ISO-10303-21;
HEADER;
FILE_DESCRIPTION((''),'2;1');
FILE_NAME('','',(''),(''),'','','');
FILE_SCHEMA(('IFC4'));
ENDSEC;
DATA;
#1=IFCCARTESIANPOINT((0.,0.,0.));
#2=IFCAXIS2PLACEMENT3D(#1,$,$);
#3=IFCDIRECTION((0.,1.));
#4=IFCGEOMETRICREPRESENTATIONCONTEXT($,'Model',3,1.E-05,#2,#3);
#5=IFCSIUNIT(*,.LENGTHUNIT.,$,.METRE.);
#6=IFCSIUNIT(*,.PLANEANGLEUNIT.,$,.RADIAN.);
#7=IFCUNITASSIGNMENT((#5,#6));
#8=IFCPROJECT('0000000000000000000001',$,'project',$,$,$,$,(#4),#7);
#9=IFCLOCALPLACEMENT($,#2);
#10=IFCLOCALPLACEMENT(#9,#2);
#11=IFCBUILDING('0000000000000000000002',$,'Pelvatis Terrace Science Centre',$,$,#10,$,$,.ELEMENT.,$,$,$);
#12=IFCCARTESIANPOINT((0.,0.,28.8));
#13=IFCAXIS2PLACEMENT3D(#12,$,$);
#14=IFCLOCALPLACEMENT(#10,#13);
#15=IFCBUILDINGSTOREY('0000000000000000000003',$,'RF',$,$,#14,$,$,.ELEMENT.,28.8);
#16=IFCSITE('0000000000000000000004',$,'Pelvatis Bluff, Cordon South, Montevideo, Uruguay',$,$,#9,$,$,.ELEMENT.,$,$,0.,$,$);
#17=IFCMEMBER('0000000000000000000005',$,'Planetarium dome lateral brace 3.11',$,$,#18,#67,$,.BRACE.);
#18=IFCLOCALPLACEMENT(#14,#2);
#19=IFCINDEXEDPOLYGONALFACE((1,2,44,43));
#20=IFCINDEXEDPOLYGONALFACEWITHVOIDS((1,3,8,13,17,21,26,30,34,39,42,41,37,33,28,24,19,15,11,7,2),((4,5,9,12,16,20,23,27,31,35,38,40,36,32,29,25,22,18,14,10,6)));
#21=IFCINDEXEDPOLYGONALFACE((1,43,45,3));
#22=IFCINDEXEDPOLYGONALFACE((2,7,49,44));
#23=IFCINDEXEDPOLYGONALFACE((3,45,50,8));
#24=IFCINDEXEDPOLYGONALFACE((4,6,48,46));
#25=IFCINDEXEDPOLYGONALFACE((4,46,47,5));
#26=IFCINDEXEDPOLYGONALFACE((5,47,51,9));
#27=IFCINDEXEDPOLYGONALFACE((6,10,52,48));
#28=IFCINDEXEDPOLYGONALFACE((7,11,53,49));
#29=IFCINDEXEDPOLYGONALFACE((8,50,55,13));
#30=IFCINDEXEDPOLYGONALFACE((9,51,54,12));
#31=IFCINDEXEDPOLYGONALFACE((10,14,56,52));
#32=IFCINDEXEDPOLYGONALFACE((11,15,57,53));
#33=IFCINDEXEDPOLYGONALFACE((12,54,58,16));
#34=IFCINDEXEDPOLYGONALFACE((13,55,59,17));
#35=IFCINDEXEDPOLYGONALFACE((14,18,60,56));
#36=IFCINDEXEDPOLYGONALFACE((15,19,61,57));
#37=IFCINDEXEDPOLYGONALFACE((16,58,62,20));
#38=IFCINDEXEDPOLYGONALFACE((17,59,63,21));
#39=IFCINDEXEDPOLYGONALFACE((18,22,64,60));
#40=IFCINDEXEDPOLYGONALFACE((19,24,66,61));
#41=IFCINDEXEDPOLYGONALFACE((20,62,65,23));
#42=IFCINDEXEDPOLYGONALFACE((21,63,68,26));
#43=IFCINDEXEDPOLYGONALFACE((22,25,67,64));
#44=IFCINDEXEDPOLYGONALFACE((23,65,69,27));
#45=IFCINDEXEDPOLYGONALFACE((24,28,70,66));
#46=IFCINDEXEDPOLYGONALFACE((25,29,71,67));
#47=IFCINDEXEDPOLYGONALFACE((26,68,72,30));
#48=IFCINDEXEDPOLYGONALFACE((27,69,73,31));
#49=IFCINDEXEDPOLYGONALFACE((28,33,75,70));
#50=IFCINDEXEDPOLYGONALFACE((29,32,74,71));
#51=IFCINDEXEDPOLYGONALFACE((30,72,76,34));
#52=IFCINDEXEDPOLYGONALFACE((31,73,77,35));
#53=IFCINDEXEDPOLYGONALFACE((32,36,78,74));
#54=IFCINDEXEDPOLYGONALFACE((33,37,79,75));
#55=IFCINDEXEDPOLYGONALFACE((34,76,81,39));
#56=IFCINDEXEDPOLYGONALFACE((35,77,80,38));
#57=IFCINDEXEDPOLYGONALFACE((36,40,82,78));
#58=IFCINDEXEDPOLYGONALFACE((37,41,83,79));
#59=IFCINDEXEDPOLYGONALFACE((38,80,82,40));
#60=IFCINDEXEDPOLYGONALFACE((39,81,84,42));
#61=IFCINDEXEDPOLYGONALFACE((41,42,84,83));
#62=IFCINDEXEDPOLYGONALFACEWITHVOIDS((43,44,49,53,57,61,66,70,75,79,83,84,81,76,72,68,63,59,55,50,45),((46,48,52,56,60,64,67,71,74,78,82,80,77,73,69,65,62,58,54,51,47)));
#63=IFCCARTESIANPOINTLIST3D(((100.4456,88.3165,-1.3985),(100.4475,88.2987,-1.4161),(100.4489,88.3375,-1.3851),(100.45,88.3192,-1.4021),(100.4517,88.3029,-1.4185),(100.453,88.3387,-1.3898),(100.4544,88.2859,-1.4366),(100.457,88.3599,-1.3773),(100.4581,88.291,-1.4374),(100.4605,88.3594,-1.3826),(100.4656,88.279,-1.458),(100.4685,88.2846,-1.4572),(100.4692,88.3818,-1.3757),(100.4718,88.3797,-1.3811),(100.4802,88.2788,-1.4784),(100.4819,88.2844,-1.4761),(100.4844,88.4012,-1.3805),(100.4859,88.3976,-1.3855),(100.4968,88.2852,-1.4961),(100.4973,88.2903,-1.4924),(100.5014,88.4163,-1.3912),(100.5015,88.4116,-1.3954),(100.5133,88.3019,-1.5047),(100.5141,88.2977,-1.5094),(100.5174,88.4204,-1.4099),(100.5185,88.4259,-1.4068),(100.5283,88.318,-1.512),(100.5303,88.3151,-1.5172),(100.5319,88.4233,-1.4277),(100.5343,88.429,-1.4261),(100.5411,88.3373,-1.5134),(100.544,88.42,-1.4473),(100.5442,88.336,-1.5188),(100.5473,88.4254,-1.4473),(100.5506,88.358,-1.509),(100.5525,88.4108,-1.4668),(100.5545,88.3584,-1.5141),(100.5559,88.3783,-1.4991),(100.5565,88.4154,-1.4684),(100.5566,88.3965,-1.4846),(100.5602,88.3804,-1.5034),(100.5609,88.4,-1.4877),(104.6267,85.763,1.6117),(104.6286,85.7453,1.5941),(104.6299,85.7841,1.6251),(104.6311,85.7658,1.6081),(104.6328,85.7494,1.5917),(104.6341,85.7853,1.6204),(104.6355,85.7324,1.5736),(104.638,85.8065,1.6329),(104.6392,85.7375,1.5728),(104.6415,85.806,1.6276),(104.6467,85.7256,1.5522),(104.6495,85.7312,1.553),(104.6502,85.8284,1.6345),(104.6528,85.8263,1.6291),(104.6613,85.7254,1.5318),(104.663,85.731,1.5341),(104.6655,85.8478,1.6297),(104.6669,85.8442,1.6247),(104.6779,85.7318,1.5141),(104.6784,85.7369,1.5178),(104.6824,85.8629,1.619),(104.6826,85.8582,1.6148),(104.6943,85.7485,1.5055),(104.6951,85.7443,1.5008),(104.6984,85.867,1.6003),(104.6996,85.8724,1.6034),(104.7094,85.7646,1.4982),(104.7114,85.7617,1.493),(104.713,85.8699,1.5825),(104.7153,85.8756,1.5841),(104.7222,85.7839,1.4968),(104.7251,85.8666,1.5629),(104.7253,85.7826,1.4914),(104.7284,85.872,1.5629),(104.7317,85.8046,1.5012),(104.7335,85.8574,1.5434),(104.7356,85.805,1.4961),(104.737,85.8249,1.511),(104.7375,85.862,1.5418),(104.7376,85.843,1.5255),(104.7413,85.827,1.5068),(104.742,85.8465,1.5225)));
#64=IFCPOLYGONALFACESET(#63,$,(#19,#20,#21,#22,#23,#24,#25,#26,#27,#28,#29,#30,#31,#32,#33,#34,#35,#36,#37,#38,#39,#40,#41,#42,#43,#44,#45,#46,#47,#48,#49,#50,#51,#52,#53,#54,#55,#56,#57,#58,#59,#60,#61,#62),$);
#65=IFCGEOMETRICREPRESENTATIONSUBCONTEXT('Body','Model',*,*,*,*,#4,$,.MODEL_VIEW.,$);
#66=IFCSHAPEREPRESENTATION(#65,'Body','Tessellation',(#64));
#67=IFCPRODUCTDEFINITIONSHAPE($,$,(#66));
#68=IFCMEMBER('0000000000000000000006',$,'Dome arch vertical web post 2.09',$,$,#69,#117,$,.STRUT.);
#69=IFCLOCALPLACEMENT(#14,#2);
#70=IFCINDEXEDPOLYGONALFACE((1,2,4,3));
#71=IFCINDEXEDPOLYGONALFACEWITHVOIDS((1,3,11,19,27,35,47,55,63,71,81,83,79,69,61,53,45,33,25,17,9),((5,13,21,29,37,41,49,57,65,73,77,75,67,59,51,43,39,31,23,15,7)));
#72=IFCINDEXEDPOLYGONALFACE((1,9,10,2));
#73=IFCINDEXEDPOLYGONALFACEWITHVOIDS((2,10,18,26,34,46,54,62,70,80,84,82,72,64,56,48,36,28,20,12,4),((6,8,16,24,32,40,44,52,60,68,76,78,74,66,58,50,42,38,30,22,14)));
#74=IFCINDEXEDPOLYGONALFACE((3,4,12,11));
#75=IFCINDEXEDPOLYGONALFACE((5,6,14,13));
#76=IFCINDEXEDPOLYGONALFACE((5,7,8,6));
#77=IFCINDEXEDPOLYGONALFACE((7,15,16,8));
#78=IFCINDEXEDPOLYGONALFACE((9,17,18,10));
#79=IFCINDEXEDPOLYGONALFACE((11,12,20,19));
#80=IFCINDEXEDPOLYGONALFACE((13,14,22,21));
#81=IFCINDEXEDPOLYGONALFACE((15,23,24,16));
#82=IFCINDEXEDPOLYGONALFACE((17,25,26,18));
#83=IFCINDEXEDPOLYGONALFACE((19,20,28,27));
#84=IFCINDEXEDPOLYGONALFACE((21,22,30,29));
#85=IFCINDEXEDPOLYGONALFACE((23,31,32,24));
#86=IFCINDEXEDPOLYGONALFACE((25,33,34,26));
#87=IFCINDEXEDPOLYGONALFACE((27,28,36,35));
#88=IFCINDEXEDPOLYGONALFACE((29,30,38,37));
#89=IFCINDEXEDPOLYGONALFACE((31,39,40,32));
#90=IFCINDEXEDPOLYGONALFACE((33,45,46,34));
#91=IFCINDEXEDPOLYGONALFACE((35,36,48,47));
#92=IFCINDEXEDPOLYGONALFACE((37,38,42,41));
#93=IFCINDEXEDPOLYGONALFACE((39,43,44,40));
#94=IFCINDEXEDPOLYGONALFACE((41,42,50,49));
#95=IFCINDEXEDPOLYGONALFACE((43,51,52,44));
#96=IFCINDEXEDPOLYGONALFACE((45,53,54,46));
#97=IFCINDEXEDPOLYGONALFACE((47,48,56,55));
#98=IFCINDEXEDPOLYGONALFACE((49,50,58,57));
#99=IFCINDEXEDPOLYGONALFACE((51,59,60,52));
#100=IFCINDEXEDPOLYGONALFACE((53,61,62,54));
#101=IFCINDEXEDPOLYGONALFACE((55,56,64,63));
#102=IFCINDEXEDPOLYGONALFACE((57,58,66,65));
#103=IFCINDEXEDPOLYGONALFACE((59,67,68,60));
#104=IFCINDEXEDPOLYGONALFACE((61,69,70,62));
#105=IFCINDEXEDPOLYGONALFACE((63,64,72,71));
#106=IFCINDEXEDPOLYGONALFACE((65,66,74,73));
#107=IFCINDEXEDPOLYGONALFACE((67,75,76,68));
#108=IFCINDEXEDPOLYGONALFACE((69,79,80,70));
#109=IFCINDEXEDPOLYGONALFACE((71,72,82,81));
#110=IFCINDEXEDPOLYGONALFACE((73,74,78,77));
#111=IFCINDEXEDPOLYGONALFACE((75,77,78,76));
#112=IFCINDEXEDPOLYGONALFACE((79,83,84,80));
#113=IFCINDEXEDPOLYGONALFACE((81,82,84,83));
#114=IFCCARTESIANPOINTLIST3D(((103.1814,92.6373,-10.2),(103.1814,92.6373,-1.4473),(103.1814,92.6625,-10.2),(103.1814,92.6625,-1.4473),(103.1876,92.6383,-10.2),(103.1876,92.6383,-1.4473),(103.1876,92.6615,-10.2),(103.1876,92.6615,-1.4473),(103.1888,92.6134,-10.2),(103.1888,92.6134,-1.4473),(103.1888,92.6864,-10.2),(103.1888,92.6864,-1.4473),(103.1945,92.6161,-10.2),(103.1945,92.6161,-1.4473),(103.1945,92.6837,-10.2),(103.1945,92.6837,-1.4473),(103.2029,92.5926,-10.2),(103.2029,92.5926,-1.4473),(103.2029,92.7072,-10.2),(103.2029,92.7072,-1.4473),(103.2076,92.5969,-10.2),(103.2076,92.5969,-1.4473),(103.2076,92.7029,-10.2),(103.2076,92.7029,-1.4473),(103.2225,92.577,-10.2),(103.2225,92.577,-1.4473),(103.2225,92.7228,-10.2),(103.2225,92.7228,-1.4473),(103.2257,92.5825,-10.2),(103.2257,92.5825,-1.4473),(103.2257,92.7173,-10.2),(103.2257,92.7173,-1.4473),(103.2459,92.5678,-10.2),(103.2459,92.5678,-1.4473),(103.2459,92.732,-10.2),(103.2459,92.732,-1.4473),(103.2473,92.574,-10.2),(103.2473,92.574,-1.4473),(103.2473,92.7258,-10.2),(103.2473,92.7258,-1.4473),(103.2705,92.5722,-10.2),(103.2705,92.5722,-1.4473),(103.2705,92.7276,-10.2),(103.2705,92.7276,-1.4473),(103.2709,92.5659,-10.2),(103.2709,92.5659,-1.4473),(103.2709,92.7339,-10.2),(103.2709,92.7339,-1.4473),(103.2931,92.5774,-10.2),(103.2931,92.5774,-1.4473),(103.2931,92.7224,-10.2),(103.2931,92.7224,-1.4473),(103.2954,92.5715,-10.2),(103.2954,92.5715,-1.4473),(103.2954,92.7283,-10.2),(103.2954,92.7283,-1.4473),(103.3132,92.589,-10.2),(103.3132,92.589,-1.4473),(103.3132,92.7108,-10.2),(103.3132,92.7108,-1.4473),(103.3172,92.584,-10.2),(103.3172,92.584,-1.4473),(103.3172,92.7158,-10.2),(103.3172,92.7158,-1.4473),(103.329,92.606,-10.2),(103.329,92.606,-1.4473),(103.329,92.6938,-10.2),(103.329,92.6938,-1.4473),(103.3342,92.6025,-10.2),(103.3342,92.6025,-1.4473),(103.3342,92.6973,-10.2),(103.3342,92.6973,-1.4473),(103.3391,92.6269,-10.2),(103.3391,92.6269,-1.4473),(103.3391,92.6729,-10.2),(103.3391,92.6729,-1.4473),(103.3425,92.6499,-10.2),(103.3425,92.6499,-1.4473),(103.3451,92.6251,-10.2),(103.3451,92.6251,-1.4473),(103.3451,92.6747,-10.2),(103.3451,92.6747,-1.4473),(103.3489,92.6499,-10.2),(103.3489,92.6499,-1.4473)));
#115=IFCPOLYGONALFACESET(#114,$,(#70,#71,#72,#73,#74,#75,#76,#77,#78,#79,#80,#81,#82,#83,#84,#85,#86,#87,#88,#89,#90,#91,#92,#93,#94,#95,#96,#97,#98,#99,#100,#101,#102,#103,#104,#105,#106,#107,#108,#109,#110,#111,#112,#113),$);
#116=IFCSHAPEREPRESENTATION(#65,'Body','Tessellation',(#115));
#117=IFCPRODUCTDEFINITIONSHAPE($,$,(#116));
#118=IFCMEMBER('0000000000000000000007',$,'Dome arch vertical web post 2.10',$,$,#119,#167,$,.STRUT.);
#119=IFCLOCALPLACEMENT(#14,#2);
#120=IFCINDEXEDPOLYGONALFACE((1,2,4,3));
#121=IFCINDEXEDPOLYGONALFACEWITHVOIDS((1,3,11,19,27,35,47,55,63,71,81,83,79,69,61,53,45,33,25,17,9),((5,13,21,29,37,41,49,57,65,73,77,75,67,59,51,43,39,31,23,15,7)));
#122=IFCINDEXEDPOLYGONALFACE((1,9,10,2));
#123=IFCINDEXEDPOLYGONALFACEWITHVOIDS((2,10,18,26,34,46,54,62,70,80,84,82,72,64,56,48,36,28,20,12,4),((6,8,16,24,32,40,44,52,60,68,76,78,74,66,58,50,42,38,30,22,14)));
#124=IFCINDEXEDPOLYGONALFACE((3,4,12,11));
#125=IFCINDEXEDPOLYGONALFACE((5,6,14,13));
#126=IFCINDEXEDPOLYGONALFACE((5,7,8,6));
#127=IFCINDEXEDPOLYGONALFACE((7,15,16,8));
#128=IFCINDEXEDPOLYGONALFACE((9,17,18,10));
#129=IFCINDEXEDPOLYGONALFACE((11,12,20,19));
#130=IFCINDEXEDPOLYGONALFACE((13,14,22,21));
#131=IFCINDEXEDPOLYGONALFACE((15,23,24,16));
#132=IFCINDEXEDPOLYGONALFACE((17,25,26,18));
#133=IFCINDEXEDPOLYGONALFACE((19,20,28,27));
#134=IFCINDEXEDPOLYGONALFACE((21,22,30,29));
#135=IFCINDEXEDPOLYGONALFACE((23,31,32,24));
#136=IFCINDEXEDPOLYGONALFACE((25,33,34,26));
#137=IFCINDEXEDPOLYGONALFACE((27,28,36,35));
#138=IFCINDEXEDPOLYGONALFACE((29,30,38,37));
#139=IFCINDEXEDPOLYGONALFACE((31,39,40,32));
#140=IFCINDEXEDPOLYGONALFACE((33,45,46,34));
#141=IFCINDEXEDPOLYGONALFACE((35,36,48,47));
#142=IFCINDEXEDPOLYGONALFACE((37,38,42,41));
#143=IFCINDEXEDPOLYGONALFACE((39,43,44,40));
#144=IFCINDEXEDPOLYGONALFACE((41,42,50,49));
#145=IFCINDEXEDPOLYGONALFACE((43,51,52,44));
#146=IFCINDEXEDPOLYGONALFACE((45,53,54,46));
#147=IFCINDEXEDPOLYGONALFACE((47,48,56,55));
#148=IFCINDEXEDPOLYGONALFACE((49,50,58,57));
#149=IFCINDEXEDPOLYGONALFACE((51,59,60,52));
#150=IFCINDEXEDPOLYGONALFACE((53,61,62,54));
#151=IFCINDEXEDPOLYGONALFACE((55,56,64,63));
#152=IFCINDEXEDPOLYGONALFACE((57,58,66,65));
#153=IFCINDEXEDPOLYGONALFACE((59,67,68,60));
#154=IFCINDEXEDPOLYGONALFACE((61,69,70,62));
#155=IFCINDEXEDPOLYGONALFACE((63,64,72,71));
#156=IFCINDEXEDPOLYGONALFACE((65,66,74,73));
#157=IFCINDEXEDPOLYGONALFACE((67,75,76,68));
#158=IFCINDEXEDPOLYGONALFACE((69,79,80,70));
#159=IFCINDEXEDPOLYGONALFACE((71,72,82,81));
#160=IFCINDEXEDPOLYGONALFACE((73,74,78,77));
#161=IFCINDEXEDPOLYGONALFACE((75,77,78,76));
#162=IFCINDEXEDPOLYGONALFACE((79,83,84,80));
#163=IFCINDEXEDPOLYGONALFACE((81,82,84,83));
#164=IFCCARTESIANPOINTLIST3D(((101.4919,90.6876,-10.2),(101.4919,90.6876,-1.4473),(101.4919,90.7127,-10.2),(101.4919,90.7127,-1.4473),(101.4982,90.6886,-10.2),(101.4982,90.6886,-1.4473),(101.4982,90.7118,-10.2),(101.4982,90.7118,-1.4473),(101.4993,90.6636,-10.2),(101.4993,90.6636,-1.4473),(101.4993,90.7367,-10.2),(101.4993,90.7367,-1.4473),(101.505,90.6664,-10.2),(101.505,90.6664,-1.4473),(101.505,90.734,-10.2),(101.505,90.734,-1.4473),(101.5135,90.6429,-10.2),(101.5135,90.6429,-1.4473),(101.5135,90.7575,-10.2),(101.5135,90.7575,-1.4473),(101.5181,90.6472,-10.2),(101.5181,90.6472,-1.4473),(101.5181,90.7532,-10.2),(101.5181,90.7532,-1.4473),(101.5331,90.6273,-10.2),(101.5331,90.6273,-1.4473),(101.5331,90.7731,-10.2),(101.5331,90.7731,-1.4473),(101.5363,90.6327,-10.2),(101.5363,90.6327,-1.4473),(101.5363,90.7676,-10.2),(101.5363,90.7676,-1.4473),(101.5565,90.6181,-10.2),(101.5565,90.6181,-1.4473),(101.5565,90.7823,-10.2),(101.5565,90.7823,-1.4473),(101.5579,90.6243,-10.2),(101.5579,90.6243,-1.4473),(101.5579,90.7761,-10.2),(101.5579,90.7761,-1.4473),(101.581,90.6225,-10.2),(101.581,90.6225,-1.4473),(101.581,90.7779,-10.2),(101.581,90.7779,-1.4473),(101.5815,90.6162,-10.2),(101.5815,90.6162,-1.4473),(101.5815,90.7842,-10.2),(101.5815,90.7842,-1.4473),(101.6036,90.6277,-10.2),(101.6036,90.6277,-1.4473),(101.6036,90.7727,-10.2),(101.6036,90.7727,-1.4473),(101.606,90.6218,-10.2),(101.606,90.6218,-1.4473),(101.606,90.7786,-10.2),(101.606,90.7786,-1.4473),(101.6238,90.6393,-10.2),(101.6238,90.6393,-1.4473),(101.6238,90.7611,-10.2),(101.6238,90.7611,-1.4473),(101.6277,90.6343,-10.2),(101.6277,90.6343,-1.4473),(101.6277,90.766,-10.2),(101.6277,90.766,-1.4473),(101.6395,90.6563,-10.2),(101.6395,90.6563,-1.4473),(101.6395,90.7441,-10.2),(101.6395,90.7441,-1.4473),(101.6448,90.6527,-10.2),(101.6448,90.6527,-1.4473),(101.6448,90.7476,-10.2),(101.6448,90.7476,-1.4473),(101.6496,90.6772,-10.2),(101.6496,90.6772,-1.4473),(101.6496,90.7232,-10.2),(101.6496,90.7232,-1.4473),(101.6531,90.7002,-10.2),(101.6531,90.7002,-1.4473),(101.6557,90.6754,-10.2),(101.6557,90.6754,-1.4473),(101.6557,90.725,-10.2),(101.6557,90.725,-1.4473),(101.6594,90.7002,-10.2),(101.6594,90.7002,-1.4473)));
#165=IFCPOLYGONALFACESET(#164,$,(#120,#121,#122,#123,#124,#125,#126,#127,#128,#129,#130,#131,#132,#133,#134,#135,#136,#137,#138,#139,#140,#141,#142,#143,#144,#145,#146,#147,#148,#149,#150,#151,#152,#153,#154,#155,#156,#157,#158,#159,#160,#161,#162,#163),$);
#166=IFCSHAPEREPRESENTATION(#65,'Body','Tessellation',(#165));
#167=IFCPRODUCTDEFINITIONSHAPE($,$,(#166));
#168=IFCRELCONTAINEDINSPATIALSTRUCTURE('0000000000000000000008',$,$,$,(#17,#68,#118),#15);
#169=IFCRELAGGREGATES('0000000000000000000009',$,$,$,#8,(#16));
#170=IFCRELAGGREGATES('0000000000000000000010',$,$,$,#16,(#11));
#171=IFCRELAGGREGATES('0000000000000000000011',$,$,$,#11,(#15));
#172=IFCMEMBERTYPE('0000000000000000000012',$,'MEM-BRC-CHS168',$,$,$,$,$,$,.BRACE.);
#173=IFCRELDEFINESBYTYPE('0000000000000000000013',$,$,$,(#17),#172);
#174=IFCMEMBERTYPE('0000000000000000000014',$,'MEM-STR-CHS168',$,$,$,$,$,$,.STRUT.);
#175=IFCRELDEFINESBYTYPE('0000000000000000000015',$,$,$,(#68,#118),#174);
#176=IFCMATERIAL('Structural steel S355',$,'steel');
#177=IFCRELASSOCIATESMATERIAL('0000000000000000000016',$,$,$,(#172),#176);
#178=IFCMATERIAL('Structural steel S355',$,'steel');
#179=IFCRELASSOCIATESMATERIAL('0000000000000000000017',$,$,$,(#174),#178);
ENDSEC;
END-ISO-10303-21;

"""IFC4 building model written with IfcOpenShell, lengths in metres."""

from ifc_helpers import new_model, si_unit, direction, frame, origin, origin_2d, place, context, subcontext, project, spatial, hollow_circle, extrude, material, material_profile, profile_set, type_object, element, save


model = new_model("IFC4")

# Units and contexts
model_context = context("Model", 3, precision=1e-05, world=origin(), true_north=direction((0.0, 1.0)))
body_context = subcontext(model_context, "Body", "Model", "MODEL_VIEW")
ifc_project = project(units=[si_unit("LENGTHUNIT", "METRE"), si_unit("PLANEANGLEUNIT", "RADIAN")], contexts=[model_context])

# Site, building, storey
site_placement = place(None, origin())
site = spatial("IfcSite", under=ifc_project, at=site_placement, Name="Pelvatis Bluff, Cordon South, Montevideo, Uruguay", CompositionType="ELEMENT", RefElevation=0.0)
building_placement = place(site_placement, origin())
building = spatial("IfcBuilding", under=site, at=building_placement, Name="Pelvatis Terrace Science Centre", CompositionType="ELEMENT")
storey_placement = place(building_placement, frame((0.0, 0.0, 28.8)))
storey = spatial("IfcBuildingStorey", under=building, at=storey_placement, Name="RF", CompositionType="ELEMENT", Elevation=28.8)

# Members
ifc_material_1 = material(Name="Structural steel S355", Category="steel")
ifc_material_profile_1 = material_profile(ifc_material_1, hollow_circle(Radius=0.0842, WallThickness=0.0063, at=origin_2d()), Name="CHS 168.3x6.3")
ifc_profile_set_1 = profile_set([ifc_material_profile_1], Name="Structural steel S355")
member_type_1 = type_object("IfcMemberType", Name="MEM-BRC-CHS168", PredefinedType="BRACE", material=ifc_profile_set_1)
member_1_placement = place(storey_placement, frame((100.5034, 88.3535, -1.4473), z_axis=(0.727142, -0.444072, 0.523512), x_axis=(0.5212, 0.853435, 0.0)))
element("IfcMember", 1, at=member_1_placement, inside=storey, type_object=member_type_1, Name="Planetarium dome lateral brace 3.11", PredefinedType="BRACE", context=body_context, shape_type="SweptSolid", body=[
    extrude(hollow_circle(Radius=0.0842, WallThickness=0.0063, at=origin_2d()), origin(), (0.0, 0.0, 1.0), 5.75),
])
ifc_material_2 = material(Name="Structural steel S355", Category="steel")
ifc_material_profile_2 = material_profile(ifc_material_2, hollow_circle(Radius=0.0842, WallThickness=0.0063, at=origin_2d()), Name="CHS 168.3x6.3")
ifc_profile_set_2 = profile_set([ifc_material_profile_2], Name="Structural steel S355")
member_type_2 = type_object("IfcMemberType", Name="MEM-STR-CHS168", PredefinedType="STRUT", material=ifc_profile_set_2)
for number, where, z_axis, x_axis, name in (
    (2, (103.2646, 92.6499, -10.2), (0.0, 0.0, 1.0), (1.0, 0.0, 0.0), "Dome arch vertical web post 2.09"),
    (3, (101.5752, 90.7002, -10.2), (0.0, 0.0, 1.0), (1.0, 0.0, 0.0), "Dome arch vertical web post 2.10"),
):
    element("IfcMember", number, at=place(storey_placement, frame(where, z_axis=z_axis, x_axis=x_axis)), inside=storey, type_object=member_type_2, Name=name, PredefinedType="STRUT", context=body_context, shape_type="SweptSolid", body=[
        extrude(hollow_circle(Radius=0.0842, WallThickness=0.0063, at=origin_2d()), origin(), (0.0, 0.0, 1.0), 8.7527),
    ])

save(model, "model.ifc")
